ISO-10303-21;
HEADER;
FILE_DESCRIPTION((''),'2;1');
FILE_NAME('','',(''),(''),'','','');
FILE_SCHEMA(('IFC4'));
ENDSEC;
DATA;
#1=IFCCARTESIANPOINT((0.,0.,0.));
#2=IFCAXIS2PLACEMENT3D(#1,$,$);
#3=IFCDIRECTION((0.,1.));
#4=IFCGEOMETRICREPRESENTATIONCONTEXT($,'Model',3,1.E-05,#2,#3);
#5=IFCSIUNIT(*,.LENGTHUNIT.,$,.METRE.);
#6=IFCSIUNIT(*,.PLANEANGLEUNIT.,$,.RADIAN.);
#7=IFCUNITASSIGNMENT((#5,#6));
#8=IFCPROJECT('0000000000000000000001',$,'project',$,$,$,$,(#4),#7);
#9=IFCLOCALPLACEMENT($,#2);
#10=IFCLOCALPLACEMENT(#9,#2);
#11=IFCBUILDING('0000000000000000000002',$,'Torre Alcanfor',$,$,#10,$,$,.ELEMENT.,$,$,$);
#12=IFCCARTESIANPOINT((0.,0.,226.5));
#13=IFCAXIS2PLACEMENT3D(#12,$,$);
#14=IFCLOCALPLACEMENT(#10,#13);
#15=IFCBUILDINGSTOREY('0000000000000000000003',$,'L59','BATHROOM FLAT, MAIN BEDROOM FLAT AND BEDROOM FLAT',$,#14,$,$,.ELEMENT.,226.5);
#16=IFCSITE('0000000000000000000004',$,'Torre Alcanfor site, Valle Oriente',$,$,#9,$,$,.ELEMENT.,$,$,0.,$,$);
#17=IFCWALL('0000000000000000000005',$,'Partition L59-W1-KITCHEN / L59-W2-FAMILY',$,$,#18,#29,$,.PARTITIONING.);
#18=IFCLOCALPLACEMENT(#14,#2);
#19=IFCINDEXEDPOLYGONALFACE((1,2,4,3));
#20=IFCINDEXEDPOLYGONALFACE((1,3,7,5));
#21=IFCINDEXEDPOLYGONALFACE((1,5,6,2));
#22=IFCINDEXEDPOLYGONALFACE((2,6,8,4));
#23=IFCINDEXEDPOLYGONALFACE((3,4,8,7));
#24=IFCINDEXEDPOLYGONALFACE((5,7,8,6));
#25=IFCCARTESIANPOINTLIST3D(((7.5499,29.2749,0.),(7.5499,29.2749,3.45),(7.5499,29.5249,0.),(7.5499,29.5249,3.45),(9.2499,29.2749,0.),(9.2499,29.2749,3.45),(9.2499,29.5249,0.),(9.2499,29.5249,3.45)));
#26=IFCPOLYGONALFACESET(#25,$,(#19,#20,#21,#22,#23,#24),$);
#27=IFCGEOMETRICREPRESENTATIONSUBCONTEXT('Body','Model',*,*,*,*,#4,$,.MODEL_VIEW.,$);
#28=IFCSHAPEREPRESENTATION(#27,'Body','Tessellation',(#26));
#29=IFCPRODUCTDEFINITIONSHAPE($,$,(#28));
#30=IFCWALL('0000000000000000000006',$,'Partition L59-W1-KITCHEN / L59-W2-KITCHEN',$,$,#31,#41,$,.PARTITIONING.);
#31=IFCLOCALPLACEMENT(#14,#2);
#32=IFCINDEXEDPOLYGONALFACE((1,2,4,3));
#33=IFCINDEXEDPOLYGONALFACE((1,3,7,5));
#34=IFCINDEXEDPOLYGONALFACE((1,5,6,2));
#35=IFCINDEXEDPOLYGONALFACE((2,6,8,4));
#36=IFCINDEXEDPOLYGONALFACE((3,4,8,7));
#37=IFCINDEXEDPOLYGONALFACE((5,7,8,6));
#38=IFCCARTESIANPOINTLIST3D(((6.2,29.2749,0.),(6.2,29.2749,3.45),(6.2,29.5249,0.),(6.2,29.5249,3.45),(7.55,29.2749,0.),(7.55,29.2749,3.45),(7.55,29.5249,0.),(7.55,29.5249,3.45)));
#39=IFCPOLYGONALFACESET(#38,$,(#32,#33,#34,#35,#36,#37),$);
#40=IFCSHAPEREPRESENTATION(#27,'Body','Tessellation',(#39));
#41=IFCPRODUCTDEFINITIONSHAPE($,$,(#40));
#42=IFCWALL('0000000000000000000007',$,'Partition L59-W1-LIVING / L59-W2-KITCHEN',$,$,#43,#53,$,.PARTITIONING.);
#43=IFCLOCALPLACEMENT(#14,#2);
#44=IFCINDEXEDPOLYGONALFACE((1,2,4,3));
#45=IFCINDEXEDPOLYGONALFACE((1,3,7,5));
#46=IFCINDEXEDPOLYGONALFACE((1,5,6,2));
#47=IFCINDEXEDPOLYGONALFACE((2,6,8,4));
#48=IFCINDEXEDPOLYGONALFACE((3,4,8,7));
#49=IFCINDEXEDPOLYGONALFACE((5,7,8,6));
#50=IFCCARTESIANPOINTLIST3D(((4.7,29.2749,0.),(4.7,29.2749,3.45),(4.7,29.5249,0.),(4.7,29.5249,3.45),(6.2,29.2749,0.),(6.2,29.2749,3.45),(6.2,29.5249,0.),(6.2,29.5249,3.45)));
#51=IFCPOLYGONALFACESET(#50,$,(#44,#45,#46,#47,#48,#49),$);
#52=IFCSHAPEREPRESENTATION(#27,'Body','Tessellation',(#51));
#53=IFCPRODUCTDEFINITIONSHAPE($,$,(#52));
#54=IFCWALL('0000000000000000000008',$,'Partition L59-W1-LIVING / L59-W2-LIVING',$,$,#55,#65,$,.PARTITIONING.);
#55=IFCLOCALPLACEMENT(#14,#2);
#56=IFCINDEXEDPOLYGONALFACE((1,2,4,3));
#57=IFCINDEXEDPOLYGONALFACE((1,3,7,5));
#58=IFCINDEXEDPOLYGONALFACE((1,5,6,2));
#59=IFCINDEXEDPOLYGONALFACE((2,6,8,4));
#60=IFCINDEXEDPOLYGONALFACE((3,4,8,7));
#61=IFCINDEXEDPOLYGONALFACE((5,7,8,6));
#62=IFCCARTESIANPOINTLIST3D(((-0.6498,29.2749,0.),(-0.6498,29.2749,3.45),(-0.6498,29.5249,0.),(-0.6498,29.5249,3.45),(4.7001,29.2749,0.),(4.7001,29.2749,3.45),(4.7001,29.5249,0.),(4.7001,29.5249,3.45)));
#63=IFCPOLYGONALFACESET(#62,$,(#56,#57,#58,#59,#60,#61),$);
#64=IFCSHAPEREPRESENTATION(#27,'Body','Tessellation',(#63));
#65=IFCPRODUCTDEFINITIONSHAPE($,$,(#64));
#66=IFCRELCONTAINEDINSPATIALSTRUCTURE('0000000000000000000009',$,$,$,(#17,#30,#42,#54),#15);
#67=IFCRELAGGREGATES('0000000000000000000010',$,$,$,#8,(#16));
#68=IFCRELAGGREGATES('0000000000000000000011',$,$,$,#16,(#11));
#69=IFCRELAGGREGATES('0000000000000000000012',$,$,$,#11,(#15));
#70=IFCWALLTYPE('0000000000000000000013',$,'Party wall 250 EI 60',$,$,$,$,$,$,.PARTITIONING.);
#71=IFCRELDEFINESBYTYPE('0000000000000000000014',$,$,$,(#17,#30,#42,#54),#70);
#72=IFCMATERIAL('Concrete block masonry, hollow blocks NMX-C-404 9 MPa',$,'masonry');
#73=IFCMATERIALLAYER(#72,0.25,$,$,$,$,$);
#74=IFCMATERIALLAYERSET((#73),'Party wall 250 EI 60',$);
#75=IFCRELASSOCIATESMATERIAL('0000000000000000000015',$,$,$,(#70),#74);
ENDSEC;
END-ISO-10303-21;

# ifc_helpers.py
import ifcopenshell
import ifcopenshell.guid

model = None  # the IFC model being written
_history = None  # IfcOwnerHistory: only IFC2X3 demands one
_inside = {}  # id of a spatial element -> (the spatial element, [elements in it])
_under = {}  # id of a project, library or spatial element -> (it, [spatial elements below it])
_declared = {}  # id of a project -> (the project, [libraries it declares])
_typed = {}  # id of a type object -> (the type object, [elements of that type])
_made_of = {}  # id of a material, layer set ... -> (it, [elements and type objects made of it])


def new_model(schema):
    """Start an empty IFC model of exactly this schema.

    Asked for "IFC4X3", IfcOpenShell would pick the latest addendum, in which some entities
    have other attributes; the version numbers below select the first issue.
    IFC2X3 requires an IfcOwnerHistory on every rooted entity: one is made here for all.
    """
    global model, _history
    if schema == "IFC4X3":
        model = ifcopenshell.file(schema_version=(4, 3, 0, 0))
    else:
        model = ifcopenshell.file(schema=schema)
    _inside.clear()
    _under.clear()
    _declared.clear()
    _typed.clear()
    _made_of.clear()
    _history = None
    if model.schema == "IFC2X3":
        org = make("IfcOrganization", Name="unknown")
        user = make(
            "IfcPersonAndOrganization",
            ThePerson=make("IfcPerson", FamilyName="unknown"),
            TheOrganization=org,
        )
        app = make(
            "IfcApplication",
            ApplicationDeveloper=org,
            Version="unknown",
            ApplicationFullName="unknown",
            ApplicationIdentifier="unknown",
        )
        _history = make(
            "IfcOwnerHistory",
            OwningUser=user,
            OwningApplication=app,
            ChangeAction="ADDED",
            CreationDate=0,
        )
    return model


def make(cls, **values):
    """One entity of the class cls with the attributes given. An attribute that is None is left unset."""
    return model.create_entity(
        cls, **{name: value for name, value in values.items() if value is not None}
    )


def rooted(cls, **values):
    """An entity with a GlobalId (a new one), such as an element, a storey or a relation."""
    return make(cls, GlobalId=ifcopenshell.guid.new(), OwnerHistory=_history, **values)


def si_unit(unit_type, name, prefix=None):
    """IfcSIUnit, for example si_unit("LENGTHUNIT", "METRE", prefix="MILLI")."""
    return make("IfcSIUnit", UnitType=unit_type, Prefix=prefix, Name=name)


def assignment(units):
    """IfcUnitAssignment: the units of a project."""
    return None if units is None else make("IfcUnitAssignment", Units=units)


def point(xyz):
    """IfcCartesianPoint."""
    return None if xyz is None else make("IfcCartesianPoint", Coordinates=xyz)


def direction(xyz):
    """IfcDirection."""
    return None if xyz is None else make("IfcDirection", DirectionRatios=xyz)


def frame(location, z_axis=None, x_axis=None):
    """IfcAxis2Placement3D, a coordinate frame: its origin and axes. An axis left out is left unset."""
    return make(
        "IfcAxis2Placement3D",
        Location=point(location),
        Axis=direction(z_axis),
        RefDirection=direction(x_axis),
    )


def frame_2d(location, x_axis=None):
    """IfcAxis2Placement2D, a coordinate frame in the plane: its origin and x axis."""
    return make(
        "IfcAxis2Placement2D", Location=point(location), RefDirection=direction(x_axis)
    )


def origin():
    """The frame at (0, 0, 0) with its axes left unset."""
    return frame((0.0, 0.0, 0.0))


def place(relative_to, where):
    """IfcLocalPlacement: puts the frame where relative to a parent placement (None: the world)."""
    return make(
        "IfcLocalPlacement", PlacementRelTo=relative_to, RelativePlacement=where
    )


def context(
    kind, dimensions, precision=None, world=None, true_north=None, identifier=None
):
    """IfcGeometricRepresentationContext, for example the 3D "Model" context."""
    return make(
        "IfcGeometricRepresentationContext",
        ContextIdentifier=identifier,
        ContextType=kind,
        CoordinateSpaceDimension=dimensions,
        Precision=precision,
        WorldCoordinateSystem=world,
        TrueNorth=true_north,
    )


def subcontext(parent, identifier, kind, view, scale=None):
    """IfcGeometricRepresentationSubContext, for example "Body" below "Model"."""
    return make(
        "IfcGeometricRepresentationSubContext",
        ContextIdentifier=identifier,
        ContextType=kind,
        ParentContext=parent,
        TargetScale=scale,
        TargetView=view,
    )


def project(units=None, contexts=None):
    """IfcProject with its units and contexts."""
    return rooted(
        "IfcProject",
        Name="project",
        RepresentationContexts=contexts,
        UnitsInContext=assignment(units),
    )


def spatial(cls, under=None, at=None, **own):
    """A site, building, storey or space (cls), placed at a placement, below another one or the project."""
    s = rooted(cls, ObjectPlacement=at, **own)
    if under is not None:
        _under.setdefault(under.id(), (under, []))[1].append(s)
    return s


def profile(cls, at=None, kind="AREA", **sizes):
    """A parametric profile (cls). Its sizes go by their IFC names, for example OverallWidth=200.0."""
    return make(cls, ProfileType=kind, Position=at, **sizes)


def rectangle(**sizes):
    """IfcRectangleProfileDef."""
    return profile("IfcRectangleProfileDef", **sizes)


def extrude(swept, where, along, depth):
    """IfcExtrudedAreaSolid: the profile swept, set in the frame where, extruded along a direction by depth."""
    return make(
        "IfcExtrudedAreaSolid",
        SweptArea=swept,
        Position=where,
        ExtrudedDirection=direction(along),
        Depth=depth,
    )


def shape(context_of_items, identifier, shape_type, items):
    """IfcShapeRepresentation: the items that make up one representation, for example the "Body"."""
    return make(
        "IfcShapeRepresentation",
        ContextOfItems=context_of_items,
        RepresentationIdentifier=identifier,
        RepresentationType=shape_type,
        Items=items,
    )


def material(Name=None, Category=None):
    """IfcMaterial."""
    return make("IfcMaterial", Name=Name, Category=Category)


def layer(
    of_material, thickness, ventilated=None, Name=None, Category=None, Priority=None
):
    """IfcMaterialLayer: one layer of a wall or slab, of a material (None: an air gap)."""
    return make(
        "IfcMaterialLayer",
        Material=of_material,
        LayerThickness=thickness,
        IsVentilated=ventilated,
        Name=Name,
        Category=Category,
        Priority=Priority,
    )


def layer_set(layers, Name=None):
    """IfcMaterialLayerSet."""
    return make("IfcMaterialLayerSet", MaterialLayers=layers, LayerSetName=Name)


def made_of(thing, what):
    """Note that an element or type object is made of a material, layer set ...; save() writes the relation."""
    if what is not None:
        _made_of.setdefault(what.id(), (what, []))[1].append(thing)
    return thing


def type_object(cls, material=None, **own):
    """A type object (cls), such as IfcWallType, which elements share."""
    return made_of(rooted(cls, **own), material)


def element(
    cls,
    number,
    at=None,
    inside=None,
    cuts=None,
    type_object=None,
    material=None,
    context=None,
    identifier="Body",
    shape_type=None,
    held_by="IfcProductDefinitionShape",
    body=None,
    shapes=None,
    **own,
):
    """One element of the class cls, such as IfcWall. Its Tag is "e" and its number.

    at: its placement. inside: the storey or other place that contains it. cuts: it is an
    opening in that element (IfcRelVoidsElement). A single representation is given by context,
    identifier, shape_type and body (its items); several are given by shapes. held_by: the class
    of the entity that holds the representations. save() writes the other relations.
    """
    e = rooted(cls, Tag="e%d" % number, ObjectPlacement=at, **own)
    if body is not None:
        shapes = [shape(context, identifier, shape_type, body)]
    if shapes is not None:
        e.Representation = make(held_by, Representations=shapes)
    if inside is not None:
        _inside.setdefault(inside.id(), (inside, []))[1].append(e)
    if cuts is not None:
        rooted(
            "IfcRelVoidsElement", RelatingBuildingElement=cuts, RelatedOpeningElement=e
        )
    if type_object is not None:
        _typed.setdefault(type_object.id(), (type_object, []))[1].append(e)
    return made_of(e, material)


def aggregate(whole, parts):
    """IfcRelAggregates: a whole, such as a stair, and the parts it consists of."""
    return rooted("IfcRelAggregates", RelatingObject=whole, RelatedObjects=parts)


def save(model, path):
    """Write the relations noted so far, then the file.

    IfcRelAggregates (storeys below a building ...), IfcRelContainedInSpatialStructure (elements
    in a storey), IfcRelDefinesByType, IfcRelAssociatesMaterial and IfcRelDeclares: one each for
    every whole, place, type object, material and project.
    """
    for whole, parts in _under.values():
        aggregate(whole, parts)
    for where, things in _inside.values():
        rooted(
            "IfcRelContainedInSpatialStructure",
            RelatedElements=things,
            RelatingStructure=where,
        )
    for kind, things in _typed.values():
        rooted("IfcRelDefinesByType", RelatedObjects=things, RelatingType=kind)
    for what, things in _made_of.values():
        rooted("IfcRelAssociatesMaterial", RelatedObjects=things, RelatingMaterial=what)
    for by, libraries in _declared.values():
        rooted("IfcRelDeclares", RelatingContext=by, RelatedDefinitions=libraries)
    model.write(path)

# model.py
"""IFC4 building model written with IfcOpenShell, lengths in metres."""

from ifc_helpers import new_model, si_unit, direction, frame, frame_2d, origin, place, context, subcontext, project, spatial, rectangle, extrude, material, layer, layer_set, type_object, element, save


model = new_model("IFC4")

# Units and contexts
model_context = context("Model", 3, precision=1e-05, world=origin(), true_north=direction((0.0, 1.0)))
body_context = subcontext(model_context, "Body", "Model", "MODEL_VIEW")
ifc_project = project(units=[si_unit("LENGTHUNIT", "METRE"), si_unit("PLANEANGLEUNIT", "RADIAN")], contexts=[model_context])

# Site, building, storey
site_placement = place(None, origin())
site = spatial("IfcSite", under=ifc_project, at=site_placement, Name="Torre Alcanfor site, Valle Oriente", CompositionType="ELEMENT", RefElevation=0.0)
building_placement = place(site_placement, origin())
building = spatial("IfcBuilding", under=site, at=building_placement, Name="Torre Alcanfor", CompositionType="ELEMENT")
storey_placement = place(building_placement, frame((0.0, 0.0, 226.5)))
storey = spatial("IfcBuildingStorey", under=building, at=storey_placement, Name="L59", Description="BATHROOM FLAT, MAIN BEDROOM FLAT AND BEDROOM FLAT", CompositionType="ELEMENT", Elevation=226.5)

# Walls
ifc_material_1 = material(Name="Concrete block masonry, hollow blocks NMX-C-404 9 MPa", Category="masonry")
ifc_layer_1 = layer(ifc_material_1, 0.25)
ifc_layer_set_1 = layer_set([ifc_layer_1], Name="Party wall 250 EI 60")
wall_type_1 = type_object("IfcWallType", Name="Party wall 250 EI 60", PredefinedType="PARTITIONING", material=ifc_layer_set_1)
wall_1_placement = place(storey_placement, frame((9.25, 29.3999, 0.0), z_axis=(0.0, 0.0, 1.0), x_axis=(-1.0, 0.0, 0.0)))
element("IfcWall", 1, at=wall_1_placement, inside=storey, type_object=wall_type_1, Name="Partition L59-W1-KITCHEN / L59-W2-FAMILY", PredefinedType="PARTITIONING", context=body_context, shape_type="SweptSolid", body=[
    extrude(rectangle(XDim=1.7, YDim=0.25, at=frame_2d((0.8501, 0.0))), origin(), (0.0, 0.0, 1.0), 3.45),
])
wall_2_placement = place(storey_placement, frame((7.55, 29.3999, 0.0), z_axis=(0.0, 0.0, 1.0), x_axis=(-1.0, 0.0, 0.0)))
element("IfcWall", 2, at=wall_2_placement, inside=storey, type_object=wall_type_1, Name="Partition L59-W1-KITCHEN / L59-W2-KITCHEN", PredefinedType="PARTITIONING", context=body_context, shape_type="SweptSolid", body=[
    extrude(rectangle(XDim=1.3501, YDim=0.25, at=frame_2d((0.675, 0.0))), origin(), (0.0, 0.0, 1.0), 3.45),
])
wall_3_placement = place(storey_placement, frame((6.2, 29.3999, 0.0), z_axis=(0.0, 0.0, 1.0), x_axis=(-1.0, 0.0, 0.0)))
element("IfcWall", 3, at=wall_3_placement, inside=storey, type_object=wall_type_1, Name="Partition L59-W1-LIVING / L59-W2-KITCHEN", PredefinedType="PARTITIONING", context=body_context, shape_type="SweptSolid", body=[
    extrude(rectangle(XDim=1.5, YDim=0.25, at=frame_2d((0.75, 0.0))), origin(), (0.0, 0.0, 1.0), 3.45),
])
wall_4_placement = place(storey_placement, frame((4.7, 29.3999, 0.0), z_axis=(0.0, 0.0, 1.0), x_axis=(-1.0, 0.0, 0.0)))
element("IfcWall", 4, at=wall_4_placement, inside=storey, type_object=wall_type_1, Name="Partition L59-W1-LIVING / L59-W2-LIVING", PredefinedType="PARTITIONING", context=body_context, shape_type="SweptSolid", body=[
    extrude(rectangle(XDim=5.3499, YDim=0.25, at=frame_2d((2.6748, 0.0))), origin(), (0.0, 0.0, 1.0), 3.45),
])

save(model, "model.ifc")
